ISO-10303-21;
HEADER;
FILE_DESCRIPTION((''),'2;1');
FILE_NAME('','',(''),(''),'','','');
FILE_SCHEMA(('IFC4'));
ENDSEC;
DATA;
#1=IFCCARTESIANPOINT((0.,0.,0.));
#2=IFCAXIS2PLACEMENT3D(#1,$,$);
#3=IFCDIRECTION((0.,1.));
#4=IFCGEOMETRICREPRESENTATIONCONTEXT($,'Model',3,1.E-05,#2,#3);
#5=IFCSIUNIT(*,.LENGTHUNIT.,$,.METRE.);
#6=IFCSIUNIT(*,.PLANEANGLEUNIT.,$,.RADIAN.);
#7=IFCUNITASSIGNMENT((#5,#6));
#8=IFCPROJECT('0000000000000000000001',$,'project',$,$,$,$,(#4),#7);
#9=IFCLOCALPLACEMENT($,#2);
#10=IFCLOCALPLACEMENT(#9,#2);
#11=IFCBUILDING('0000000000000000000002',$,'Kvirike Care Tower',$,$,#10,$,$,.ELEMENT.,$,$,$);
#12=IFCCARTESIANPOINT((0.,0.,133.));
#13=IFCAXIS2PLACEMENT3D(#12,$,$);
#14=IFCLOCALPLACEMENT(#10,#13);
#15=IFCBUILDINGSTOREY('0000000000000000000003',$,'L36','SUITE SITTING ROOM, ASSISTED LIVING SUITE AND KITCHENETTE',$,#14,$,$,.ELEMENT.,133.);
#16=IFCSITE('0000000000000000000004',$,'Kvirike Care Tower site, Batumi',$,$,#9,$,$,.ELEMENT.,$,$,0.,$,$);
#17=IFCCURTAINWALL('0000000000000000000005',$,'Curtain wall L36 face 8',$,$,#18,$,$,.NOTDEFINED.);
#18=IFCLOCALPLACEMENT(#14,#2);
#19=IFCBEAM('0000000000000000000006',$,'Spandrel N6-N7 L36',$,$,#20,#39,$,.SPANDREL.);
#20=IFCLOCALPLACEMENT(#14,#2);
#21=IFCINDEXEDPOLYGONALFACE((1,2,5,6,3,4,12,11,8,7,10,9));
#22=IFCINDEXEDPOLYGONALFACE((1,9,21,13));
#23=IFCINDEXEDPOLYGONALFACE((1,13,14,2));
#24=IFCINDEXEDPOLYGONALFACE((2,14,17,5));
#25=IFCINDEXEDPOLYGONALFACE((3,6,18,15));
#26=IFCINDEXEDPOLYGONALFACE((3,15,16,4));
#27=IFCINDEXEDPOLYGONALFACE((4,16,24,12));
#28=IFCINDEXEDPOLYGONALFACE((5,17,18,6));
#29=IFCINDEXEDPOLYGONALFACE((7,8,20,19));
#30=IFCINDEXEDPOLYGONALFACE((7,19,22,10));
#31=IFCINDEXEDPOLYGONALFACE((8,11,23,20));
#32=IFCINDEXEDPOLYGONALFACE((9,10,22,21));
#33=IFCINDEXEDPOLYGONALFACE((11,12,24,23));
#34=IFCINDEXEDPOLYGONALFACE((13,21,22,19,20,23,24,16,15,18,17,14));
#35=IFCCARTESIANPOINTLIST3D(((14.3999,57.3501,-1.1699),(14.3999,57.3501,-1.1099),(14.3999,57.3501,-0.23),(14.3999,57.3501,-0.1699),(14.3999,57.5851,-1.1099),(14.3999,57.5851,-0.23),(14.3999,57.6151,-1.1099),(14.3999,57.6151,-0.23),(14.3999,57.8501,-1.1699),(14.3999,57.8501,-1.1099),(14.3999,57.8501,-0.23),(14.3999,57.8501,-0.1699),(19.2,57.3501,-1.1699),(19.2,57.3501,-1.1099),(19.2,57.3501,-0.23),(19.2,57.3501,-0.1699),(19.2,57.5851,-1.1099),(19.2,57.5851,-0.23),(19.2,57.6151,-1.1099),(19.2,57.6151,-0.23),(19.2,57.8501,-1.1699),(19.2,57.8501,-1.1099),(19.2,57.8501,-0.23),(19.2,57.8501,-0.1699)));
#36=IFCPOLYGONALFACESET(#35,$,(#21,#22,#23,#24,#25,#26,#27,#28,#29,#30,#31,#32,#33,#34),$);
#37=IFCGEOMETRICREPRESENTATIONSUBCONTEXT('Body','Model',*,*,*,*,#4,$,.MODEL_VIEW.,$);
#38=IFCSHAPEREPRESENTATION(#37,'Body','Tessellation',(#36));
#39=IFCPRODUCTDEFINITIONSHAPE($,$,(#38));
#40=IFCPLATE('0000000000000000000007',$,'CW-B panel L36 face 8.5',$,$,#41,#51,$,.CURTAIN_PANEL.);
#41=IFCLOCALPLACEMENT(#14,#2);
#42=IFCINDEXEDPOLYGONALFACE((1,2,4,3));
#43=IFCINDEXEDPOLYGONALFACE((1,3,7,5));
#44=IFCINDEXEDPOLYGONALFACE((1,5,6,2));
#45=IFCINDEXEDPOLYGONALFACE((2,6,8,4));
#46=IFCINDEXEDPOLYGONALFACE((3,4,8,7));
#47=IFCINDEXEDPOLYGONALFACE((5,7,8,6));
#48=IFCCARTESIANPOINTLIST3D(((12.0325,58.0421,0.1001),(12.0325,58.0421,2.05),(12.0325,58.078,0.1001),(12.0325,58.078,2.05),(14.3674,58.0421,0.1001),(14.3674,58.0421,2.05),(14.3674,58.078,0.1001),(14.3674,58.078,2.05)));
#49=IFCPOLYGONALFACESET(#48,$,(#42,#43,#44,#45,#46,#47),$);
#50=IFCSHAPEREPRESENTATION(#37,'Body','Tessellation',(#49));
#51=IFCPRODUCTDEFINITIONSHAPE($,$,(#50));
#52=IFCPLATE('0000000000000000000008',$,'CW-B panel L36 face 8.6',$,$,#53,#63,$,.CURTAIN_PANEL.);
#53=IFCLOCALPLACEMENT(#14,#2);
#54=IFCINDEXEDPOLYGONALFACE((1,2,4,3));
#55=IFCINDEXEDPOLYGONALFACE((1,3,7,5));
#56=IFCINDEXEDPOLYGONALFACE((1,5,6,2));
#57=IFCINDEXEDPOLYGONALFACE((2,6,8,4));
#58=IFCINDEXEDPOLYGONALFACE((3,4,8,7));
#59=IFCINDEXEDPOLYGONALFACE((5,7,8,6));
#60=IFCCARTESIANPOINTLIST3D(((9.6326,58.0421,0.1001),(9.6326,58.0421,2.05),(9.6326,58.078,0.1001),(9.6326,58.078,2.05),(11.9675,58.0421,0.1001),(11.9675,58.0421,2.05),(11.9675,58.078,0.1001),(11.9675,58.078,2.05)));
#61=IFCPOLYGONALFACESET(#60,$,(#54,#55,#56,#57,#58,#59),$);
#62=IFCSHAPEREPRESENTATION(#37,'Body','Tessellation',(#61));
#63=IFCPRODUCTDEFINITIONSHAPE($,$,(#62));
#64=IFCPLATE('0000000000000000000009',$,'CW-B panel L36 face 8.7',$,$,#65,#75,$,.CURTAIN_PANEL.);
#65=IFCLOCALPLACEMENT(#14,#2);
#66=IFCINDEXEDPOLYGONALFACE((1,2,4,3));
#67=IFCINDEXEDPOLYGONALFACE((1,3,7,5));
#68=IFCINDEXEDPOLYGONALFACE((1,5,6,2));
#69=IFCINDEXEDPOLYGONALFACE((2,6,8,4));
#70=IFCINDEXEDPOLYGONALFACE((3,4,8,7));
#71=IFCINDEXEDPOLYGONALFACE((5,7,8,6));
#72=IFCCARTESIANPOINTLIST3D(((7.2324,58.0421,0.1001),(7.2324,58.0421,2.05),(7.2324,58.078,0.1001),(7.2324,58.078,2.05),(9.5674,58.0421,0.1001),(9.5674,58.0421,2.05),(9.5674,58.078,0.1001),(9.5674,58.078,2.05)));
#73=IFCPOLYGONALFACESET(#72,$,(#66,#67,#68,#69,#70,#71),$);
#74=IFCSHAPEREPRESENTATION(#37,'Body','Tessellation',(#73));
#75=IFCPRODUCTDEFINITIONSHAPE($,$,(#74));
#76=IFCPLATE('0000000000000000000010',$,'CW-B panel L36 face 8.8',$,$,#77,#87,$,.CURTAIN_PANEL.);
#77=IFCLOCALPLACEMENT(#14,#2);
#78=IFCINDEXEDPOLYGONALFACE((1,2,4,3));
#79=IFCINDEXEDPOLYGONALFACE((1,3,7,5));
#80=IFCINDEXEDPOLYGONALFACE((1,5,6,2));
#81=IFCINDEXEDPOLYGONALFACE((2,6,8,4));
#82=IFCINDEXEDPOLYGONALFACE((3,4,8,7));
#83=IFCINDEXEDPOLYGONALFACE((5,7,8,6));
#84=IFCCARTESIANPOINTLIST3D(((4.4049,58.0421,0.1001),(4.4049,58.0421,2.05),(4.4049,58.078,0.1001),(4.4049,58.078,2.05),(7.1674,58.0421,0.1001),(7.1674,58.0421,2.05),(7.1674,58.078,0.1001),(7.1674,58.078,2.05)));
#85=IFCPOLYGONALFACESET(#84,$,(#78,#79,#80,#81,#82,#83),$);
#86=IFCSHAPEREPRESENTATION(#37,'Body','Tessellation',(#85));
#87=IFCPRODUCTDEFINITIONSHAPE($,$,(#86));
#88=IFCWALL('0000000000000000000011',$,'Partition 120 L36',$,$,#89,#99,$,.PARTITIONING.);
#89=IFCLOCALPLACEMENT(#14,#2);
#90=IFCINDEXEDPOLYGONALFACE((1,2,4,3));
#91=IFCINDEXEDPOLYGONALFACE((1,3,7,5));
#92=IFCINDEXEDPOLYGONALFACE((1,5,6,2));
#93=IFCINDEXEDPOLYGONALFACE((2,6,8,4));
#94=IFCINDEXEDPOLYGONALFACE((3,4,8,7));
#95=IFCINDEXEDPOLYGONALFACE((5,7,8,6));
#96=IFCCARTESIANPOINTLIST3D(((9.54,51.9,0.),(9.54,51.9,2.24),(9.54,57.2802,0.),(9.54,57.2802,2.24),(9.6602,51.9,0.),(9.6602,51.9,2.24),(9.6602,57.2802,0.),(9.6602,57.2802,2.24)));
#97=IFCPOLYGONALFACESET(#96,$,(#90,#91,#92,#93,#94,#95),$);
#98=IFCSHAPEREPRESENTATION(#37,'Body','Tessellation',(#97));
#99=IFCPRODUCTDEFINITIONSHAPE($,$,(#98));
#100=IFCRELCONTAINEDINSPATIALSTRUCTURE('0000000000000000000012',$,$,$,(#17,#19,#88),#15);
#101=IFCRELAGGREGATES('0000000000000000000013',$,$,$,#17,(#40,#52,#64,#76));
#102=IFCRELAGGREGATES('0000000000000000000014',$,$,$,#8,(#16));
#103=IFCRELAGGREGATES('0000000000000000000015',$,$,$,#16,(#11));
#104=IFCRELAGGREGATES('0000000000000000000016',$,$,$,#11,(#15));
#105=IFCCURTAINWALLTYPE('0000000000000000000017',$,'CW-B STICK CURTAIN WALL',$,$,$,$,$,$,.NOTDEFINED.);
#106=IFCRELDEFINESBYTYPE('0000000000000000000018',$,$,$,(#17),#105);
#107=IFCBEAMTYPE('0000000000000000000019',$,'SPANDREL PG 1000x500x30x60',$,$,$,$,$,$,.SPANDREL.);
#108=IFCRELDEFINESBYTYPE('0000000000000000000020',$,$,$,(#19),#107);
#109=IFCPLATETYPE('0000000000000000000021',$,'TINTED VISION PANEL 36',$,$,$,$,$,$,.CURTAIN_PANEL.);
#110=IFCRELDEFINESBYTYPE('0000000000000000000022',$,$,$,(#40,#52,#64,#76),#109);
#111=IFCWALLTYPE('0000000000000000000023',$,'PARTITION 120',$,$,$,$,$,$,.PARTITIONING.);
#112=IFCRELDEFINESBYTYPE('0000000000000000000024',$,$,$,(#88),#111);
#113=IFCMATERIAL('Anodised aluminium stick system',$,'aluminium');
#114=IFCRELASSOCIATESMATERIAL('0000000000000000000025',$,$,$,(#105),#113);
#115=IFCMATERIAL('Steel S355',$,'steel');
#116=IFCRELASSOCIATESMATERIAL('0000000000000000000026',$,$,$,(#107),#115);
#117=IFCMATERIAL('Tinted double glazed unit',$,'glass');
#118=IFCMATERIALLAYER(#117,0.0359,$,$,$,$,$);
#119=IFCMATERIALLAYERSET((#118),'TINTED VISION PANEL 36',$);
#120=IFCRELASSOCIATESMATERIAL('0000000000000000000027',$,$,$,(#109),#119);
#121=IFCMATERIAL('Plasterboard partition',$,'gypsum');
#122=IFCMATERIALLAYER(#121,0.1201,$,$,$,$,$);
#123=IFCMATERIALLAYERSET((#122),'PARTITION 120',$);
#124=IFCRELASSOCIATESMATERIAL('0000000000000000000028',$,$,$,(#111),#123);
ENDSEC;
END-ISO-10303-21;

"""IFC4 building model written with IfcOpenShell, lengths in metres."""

from ifc_helpers import new_model, si_unit, direction, frame, frame_2d, origin, origin_2d, place, context, subcontext, project, spatial, rectangle, i_section, extrude, material, layer, layer_set, material_profile, profile_set, type_object, element, aggregate, save


model = new_model("IFC4")

# Units and contexts
model_context = context("Model", 3, precision=1e-05, world=origin(), true_north=direction((0.0, 1.0)))
body_context = subcontext(model_context, "Body", "Model", "MODEL_VIEW")
ifc_project = project(units=[si_unit("LENGTHUNIT", "METRE"), si_unit("PLANEANGLEUNIT", "RADIAN")], contexts=[model_context])

# Site, building, storey
site_placement = place(None, origin())
site = spatial("IfcSite", under=ifc_project, at=site_placement, Name="Kvirike Care Tower site, Batumi", CompositionType="ELEMENT", RefElevation=0.0)
building_placement = place(site_placement, origin())
building = spatial("IfcBuilding", under=site, at=building_placement, Name="Kvirike Care Tower", CompositionType="ELEMENT")
storey_placement = place(building_placement, frame((0.0, 0.0, 133.0)))
storey = spatial("IfcBuildingStorey", under=building, at=storey_placement, Name="L36", Description="SUITE SITTING ROOM, ASSISTED LIVING SUITE AND KITCHENETTE", CompositionType="ELEMENT", Elevation=133.0)

# Curtain wall
ifc_material_1 = material(Name="Anodised aluminium stick system", Category="aluminium")
curtain_wall_type = type_object("IfcCurtainWallType", Name="CW-B STICK CURTAIN WALL", PredefinedType="NOTDEFINED", material=ifc_material_1)
curtain_wall_placement = place(storey_placement, origin())
curtain_wall = element("IfcCurtainWall", 1, at=curtain_wall_placement, inside=storey, type_object=curtain_wall_type, Name="Curtain wall L36 face 8", PredefinedType="NOTDEFINED")

# Beam
ifc_material_2 = material(Name="Steel S355", Category="steel")
ifc_material_profile_1 = material_profile(ifc_material_2, i_section(OverallWidth=0.5, OverallDepth=1.0, WebThickness=0.03, FlangeThickness=0.0601, at=origin_2d()), Name="PG 1000x500x30x60")
ifc_profile_set_1 = profile_set([ifc_material_profile_1], Name="Steel S355")
beam_type = type_object("IfcBeamType", Name="SPANDREL PG 1000x500x30x60", PredefinedType="SPANDREL", material=ifc_profile_set_1)
beam_1_placement = place(storey_placement, frame((14.3999, 57.6001, -0.6699), z_axis=(1.0, 0.0, 0.0), x_axis=(0.0, 1.0, 0.0)))
element("IfcBeam", 2, at=beam_1_placement, inside=storey, type_object=beam_type, Name="Spandrel N6-N7 L36", PredefinedType="SPANDREL", context=body_context, shape_type="SweptSolid", body=[
    extrude(i_section(OverallWidth=0.5, OverallDepth=1.0, WebThickness=0.03, FlangeThickness=0.0601, at=origin_2d()), origin(), (0.0, 0.0, 1.0), 4.8),
])

# Plates
ifc_material_3 = material(Name="Tinted double glazed unit", Category="glass")
ifc_layer_1 = layer(ifc_material_3, 0.0359)
ifc_layer_set_1 = layer_set([ifc_layer_1], Name="TINTED VISION PANEL 36")
plate_type = type_object("IfcPlateType", Name="TINTED VISION PANEL 36", PredefinedType="CURTAIN_PANEL", material=ifc_layer_set_1)
plate_1_placement = place(storey_placement, frame((13.2, 58.0601, 0.1001), z_axis=(0.0, 0.0, 1.0), x_axis=(-1.0, 0.0, 0.0)))
plate_1 = element("IfcPlate", 3, at=plate_1_placement, type_object=plate_type, Name="CW-B panel L36 face 8.5", PredefinedType="CURTAIN_PANEL", context=body_context, shape_type="SweptSolid", body=[
    extrude(rectangle(XDim=2.335, YDim=0.0359, at=origin_2d()), origin(), (0.0, 0.0, 1.0), 1.95),
])
plate_2_placement = place(storey_placement, frame((10.8, 58.0601, 0.1001), z_axis=(0.0, 0.0, 1.0), x_axis=(-1.0, 0.0, 0.0)))
plate_2 = element("IfcPlate", 4, at=plate_2_placement, type_object=plate_type, Name="CW-B panel L36 face 8.6", PredefinedType="CURTAIN_PANEL", context=body_context, shape_type="SweptSolid", body=[
    extrude(rectangle(XDim=2.335, YDim=0.0359, at=origin_2d()), origin(), (0.0, 0.0, 1.0), 1.95),
])
plate_3_placement = place(storey_placement, frame((8.3999, 58.0601, 0.1001), z_axis=(0.0, 0.0, 1.0), x_axis=(-1.0, 0.0, 0.0)))
plate_3 = element("IfcPlate", 5, at=plate_3_placement, type_object=plate_type, Name="CW-B panel L36 face 8.7", PredefinedType="CURTAIN_PANEL", context=body_context, shape_type="SweptSolid", body=[
    extrude(rectangle(XDim=2.335, YDim=0.0359, at=origin_2d()), origin(), (0.0, 0.0, 1.0), 1.95),
])
plate_4_placement = place(storey_placement, frame((5.7861, 58.0601, 0.1001), z_axis=(0.0, 0.0, 1.0), x_axis=(-1.0, 0.0, 0.0)))
plate_4 = element("IfcPlate", 6, at=plate_4_placement, type_object=plate_type, Name="CW-B panel L36 face 8.8", PredefinedType="CURTAIN_PANEL", context=body_context, shape_type="SweptSolid", body=[
    extrude(rectangle(XDim=2.7625, YDim=0.0359, at=origin_2d()), origin(), (0.0, 0.0, 1.0), 1.95),
])
aggregate(curtain_wall, [plate_1, plate_2, plate_3, plate_4])

# Wall
ifc_material_4 = material(Name="Plasterboard partition", Category="gypsum")
ifc_layer_2 = layer(ifc_material_4, 0.1201)
ifc_layer_set_2 = layer_set([ifc_layer_2], Name="PARTITION 120")
wall_type = type_object("IfcWallType", Name="PARTITION 120", PredefinedType="PARTITIONING", material=ifc_layer_set_2)
wall_placement = place(storey_placement, frame((9.6001, 57.28, 0.0), z_axis=(0.0, 0.0, 1.0), x_axis=(0.0, -1.0, 0.0)))
element("IfcWall", 7, at=wall_placement, inside=storey, type_object=wall_type, Name="Partition 120 L36", PredefinedType="PARTITIONING", context=body_context, shape_type="SweptSolid", body=[
    extrude(rectangle(XDim=5.3801, YDim=0.1201, at=frame_2d((2.6899, 0.0))), origin(), (0.0, 0.0, 1.0), 2.24),
])

save(model, "model.ifc")
